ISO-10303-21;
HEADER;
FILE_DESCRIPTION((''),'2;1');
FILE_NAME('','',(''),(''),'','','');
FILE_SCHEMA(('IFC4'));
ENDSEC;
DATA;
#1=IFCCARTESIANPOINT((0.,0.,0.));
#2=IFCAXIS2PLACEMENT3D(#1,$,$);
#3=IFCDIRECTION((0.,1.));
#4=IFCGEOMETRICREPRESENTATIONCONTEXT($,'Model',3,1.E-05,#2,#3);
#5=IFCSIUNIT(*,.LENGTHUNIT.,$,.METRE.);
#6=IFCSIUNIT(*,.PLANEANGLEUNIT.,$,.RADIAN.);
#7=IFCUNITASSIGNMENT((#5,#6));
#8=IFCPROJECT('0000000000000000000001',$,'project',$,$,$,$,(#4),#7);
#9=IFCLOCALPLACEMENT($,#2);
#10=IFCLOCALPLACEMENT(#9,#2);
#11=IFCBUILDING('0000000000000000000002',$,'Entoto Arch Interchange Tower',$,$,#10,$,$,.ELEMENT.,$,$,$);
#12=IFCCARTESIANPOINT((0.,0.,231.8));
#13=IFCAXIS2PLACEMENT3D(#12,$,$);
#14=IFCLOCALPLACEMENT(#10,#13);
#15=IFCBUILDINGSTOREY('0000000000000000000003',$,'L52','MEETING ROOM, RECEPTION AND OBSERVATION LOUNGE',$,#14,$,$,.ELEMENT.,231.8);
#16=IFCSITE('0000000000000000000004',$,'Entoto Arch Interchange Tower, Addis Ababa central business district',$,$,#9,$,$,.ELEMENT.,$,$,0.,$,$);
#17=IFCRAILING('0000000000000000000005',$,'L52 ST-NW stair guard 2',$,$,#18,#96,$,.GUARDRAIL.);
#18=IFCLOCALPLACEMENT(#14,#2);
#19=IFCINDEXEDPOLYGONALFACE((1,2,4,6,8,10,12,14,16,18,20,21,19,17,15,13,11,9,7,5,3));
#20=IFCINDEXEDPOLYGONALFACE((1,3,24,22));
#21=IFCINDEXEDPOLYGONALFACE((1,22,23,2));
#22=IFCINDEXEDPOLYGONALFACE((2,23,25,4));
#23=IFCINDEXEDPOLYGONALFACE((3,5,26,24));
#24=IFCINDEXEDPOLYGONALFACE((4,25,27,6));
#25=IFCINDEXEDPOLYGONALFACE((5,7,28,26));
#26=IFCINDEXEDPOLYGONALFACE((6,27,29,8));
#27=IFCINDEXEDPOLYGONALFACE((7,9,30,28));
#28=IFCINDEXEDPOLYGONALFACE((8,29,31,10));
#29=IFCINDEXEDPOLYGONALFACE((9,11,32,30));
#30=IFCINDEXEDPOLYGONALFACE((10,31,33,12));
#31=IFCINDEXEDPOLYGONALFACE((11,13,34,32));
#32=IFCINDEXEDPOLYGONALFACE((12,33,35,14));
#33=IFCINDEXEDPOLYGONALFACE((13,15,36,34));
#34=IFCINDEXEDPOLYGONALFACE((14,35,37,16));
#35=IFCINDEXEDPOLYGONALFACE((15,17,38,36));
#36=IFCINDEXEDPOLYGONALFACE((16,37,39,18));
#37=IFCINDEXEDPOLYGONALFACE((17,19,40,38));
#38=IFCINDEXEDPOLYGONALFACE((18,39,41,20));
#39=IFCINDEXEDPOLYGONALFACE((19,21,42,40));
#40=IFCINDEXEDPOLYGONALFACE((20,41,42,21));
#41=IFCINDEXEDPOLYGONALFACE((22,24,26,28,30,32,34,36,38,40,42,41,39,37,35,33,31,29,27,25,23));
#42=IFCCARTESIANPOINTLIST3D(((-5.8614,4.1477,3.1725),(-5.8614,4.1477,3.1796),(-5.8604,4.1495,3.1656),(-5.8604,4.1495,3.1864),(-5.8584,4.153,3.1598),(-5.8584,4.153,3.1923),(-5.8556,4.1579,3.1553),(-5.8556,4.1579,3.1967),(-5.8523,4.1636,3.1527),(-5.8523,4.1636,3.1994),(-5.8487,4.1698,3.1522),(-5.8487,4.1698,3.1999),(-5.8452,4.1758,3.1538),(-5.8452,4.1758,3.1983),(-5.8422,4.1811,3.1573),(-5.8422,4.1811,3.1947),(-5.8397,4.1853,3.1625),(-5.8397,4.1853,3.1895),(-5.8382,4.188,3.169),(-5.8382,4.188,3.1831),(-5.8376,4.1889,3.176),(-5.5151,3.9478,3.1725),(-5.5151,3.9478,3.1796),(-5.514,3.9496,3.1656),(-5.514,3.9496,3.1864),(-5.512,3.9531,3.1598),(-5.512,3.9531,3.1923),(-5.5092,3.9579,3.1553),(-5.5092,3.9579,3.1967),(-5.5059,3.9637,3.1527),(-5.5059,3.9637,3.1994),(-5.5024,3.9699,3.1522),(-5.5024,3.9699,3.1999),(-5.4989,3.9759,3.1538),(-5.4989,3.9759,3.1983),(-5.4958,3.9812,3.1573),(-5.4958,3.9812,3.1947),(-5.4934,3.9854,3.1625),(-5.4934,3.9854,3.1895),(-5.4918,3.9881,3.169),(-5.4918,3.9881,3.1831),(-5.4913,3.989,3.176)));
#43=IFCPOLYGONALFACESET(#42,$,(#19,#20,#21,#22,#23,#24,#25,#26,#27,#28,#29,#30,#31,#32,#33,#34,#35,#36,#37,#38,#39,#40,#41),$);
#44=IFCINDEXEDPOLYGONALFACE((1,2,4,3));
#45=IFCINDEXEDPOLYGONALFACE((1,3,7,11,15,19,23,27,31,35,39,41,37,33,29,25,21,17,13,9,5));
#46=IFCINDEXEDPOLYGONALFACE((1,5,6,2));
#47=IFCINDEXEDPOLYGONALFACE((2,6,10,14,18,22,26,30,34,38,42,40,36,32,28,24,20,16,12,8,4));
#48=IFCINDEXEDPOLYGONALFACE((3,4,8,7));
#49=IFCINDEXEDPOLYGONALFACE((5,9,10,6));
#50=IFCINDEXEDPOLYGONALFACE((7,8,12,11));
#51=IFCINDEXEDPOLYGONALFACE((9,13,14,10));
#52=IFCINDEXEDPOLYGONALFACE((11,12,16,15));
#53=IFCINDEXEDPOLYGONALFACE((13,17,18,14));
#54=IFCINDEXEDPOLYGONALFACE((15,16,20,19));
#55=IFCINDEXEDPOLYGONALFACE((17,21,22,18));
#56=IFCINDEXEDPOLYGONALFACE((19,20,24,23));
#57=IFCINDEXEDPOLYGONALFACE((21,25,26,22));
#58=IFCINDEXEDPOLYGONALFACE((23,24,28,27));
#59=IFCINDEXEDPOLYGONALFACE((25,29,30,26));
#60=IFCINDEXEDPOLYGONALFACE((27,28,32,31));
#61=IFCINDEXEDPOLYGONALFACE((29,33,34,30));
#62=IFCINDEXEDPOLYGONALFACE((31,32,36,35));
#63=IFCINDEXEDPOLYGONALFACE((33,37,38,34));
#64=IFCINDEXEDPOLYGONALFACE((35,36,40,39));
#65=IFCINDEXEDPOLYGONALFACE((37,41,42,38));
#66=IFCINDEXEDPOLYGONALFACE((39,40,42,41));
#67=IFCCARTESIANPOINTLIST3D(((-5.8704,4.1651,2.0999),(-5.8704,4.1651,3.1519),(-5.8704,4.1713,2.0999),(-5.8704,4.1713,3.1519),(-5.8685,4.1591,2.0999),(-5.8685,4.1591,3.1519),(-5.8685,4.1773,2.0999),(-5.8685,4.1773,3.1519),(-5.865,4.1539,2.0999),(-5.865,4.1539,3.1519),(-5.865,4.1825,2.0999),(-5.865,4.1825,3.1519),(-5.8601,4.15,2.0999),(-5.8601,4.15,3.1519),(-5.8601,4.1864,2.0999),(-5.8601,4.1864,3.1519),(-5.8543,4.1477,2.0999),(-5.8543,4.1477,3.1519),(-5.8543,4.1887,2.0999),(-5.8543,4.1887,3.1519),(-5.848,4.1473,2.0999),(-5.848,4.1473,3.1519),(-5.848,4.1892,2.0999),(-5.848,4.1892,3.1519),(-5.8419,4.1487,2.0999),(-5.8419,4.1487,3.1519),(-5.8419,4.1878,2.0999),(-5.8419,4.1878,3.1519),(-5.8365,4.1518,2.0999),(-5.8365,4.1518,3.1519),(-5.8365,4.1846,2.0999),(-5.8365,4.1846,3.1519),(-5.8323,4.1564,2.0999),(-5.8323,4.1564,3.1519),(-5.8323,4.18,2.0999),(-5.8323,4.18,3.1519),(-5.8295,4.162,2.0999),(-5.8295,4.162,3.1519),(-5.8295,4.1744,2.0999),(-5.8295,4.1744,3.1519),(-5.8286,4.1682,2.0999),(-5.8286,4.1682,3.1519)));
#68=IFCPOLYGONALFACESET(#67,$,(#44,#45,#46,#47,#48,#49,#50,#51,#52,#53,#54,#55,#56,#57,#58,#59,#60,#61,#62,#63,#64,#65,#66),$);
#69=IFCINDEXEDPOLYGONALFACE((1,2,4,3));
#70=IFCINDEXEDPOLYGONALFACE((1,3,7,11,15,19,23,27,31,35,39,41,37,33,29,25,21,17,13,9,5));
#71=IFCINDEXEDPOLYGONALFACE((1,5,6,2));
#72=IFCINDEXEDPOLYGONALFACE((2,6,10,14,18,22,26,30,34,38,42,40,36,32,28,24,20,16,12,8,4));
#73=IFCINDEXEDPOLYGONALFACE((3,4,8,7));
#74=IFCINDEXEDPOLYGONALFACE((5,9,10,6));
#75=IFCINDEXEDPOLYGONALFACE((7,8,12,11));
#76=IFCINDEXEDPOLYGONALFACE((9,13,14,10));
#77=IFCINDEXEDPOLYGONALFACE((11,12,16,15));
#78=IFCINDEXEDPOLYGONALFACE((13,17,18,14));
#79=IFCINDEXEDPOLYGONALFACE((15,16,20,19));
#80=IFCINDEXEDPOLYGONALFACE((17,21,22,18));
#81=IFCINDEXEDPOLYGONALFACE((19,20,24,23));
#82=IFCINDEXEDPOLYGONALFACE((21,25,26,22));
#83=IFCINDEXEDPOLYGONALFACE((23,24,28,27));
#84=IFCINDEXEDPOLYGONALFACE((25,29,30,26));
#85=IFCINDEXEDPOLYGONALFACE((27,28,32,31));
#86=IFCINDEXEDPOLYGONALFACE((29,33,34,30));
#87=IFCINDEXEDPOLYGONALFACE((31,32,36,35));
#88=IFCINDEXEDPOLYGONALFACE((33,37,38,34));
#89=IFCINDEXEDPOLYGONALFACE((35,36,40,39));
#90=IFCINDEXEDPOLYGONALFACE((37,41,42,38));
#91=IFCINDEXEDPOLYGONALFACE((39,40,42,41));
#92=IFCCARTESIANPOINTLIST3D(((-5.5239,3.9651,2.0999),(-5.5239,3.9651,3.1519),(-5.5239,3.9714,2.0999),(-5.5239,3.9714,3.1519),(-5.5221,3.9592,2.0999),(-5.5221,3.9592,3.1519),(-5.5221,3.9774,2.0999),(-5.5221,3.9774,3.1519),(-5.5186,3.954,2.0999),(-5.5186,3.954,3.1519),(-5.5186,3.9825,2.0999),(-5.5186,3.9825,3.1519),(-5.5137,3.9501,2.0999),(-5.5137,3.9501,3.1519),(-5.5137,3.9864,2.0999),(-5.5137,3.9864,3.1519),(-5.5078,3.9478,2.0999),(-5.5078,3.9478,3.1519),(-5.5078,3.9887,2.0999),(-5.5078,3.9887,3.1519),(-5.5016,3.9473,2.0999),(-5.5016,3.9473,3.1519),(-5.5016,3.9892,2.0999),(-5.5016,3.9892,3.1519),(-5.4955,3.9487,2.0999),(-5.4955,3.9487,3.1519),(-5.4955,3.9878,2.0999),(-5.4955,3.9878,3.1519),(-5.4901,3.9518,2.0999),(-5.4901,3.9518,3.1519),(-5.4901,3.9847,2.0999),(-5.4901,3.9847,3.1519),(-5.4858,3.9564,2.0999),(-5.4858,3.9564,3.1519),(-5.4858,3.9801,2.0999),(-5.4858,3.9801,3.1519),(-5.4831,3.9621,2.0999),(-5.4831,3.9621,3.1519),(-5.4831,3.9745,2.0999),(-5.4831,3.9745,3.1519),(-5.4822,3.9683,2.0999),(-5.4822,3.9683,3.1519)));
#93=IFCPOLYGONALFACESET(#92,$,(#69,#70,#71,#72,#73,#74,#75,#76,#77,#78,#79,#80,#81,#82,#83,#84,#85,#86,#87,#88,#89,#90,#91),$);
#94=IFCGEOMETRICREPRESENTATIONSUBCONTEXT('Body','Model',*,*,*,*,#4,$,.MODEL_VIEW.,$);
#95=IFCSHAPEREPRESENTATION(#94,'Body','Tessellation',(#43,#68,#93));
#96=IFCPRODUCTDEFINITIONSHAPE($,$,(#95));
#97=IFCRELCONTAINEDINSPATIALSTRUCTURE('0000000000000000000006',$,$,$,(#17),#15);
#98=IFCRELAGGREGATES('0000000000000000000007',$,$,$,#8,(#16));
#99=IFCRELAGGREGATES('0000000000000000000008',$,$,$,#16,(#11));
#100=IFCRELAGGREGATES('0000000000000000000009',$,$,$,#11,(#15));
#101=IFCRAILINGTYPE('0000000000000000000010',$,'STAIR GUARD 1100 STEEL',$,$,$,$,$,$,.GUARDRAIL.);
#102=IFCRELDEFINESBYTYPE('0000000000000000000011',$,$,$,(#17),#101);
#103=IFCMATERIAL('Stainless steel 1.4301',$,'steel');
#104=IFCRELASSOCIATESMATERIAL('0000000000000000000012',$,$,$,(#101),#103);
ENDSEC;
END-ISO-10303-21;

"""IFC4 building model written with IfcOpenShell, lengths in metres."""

from ifc_helpers import new_model, si_unit, direction, frame, origin, origin_2d, place, context, subcontext, project, spatial, circle, extrude, material, type_object, element, save


model = new_model("IFC4")

# Units and contexts
model_context = context("Model", 3, precision=1e-05, world=origin(), true_north=direction((0.0, 1.0)))
body_context = subcontext(model_context, "Body", "Model", "MODEL_VIEW")
ifc_project = project(units=[si_unit("LENGTHUNIT", "METRE"), si_unit("PLANEANGLEUNIT", "RADIAN")], contexts=[model_context])

# Site, building, storey
site_placement = place(None, origin())
site = spatial("IfcSite", under=ifc_project, at=site_placement, Name="Entoto Arch Interchange Tower, Addis Ababa central business district", CompositionType="ELEMENT", RefElevation=0.0)
building_placement = place(site_placement, origin())
building = spatial("IfcBuilding", under=site, at=building_placement, Name="Entoto Arch Interchange Tower", CompositionType="ELEMENT")
storey_placement = place(building_placement, frame((0.0, 0.0, 231.8)))
storey = spatial("IfcBuildingStorey", under=building, at=storey_placement, Name="L52", Description="MEETING ROOM, RECEPTION AND OBSERVATION LOUNGE", CompositionType="ELEMENT", Elevation=231.8)

# Railing
ifc_material_1 = material(Name="Stainless steel 1.4301", Category="steel")
railing_type_1 = type_object("IfcRailingType", Name="STAIR GUARD 1100 STEEL", PredefinedType="GUARDRAIL", material=ifc_material_1)
railing_1_placement = place(storey_placement, frame((-5.8496, 4.1682, 2.0999)))
element("IfcRailing", 1, at=railing_1_placement, inside=storey, type_object=railing_type_1, Name="L52 ST-NW stair guard 2", PredefinedType="GUARDRAIL", context=body_context, shape_type="SweptSolid", body=[
    extrude(circle(Radius=0.0239, at=origin_2d()), frame((0.0, 0.0, 1.0762), z_axis=(0.866094, -0.499881, 0.0), x_axis=(0.499881, 0.866094, 0.0)), (0.0, 0.0, 1.0), 0.3999),
    extrude(circle(Radius=0.021, at=origin_2d()), origin(), (0.0, 0.0, 1.0), 1.052),
    extrude(circle(Radius=0.021, at=origin_2d()), frame((0.3464, -0.2, 0.0)), (0.0, 0.0, 1.0), 1.052),
])

save(model, "model.ifc")
